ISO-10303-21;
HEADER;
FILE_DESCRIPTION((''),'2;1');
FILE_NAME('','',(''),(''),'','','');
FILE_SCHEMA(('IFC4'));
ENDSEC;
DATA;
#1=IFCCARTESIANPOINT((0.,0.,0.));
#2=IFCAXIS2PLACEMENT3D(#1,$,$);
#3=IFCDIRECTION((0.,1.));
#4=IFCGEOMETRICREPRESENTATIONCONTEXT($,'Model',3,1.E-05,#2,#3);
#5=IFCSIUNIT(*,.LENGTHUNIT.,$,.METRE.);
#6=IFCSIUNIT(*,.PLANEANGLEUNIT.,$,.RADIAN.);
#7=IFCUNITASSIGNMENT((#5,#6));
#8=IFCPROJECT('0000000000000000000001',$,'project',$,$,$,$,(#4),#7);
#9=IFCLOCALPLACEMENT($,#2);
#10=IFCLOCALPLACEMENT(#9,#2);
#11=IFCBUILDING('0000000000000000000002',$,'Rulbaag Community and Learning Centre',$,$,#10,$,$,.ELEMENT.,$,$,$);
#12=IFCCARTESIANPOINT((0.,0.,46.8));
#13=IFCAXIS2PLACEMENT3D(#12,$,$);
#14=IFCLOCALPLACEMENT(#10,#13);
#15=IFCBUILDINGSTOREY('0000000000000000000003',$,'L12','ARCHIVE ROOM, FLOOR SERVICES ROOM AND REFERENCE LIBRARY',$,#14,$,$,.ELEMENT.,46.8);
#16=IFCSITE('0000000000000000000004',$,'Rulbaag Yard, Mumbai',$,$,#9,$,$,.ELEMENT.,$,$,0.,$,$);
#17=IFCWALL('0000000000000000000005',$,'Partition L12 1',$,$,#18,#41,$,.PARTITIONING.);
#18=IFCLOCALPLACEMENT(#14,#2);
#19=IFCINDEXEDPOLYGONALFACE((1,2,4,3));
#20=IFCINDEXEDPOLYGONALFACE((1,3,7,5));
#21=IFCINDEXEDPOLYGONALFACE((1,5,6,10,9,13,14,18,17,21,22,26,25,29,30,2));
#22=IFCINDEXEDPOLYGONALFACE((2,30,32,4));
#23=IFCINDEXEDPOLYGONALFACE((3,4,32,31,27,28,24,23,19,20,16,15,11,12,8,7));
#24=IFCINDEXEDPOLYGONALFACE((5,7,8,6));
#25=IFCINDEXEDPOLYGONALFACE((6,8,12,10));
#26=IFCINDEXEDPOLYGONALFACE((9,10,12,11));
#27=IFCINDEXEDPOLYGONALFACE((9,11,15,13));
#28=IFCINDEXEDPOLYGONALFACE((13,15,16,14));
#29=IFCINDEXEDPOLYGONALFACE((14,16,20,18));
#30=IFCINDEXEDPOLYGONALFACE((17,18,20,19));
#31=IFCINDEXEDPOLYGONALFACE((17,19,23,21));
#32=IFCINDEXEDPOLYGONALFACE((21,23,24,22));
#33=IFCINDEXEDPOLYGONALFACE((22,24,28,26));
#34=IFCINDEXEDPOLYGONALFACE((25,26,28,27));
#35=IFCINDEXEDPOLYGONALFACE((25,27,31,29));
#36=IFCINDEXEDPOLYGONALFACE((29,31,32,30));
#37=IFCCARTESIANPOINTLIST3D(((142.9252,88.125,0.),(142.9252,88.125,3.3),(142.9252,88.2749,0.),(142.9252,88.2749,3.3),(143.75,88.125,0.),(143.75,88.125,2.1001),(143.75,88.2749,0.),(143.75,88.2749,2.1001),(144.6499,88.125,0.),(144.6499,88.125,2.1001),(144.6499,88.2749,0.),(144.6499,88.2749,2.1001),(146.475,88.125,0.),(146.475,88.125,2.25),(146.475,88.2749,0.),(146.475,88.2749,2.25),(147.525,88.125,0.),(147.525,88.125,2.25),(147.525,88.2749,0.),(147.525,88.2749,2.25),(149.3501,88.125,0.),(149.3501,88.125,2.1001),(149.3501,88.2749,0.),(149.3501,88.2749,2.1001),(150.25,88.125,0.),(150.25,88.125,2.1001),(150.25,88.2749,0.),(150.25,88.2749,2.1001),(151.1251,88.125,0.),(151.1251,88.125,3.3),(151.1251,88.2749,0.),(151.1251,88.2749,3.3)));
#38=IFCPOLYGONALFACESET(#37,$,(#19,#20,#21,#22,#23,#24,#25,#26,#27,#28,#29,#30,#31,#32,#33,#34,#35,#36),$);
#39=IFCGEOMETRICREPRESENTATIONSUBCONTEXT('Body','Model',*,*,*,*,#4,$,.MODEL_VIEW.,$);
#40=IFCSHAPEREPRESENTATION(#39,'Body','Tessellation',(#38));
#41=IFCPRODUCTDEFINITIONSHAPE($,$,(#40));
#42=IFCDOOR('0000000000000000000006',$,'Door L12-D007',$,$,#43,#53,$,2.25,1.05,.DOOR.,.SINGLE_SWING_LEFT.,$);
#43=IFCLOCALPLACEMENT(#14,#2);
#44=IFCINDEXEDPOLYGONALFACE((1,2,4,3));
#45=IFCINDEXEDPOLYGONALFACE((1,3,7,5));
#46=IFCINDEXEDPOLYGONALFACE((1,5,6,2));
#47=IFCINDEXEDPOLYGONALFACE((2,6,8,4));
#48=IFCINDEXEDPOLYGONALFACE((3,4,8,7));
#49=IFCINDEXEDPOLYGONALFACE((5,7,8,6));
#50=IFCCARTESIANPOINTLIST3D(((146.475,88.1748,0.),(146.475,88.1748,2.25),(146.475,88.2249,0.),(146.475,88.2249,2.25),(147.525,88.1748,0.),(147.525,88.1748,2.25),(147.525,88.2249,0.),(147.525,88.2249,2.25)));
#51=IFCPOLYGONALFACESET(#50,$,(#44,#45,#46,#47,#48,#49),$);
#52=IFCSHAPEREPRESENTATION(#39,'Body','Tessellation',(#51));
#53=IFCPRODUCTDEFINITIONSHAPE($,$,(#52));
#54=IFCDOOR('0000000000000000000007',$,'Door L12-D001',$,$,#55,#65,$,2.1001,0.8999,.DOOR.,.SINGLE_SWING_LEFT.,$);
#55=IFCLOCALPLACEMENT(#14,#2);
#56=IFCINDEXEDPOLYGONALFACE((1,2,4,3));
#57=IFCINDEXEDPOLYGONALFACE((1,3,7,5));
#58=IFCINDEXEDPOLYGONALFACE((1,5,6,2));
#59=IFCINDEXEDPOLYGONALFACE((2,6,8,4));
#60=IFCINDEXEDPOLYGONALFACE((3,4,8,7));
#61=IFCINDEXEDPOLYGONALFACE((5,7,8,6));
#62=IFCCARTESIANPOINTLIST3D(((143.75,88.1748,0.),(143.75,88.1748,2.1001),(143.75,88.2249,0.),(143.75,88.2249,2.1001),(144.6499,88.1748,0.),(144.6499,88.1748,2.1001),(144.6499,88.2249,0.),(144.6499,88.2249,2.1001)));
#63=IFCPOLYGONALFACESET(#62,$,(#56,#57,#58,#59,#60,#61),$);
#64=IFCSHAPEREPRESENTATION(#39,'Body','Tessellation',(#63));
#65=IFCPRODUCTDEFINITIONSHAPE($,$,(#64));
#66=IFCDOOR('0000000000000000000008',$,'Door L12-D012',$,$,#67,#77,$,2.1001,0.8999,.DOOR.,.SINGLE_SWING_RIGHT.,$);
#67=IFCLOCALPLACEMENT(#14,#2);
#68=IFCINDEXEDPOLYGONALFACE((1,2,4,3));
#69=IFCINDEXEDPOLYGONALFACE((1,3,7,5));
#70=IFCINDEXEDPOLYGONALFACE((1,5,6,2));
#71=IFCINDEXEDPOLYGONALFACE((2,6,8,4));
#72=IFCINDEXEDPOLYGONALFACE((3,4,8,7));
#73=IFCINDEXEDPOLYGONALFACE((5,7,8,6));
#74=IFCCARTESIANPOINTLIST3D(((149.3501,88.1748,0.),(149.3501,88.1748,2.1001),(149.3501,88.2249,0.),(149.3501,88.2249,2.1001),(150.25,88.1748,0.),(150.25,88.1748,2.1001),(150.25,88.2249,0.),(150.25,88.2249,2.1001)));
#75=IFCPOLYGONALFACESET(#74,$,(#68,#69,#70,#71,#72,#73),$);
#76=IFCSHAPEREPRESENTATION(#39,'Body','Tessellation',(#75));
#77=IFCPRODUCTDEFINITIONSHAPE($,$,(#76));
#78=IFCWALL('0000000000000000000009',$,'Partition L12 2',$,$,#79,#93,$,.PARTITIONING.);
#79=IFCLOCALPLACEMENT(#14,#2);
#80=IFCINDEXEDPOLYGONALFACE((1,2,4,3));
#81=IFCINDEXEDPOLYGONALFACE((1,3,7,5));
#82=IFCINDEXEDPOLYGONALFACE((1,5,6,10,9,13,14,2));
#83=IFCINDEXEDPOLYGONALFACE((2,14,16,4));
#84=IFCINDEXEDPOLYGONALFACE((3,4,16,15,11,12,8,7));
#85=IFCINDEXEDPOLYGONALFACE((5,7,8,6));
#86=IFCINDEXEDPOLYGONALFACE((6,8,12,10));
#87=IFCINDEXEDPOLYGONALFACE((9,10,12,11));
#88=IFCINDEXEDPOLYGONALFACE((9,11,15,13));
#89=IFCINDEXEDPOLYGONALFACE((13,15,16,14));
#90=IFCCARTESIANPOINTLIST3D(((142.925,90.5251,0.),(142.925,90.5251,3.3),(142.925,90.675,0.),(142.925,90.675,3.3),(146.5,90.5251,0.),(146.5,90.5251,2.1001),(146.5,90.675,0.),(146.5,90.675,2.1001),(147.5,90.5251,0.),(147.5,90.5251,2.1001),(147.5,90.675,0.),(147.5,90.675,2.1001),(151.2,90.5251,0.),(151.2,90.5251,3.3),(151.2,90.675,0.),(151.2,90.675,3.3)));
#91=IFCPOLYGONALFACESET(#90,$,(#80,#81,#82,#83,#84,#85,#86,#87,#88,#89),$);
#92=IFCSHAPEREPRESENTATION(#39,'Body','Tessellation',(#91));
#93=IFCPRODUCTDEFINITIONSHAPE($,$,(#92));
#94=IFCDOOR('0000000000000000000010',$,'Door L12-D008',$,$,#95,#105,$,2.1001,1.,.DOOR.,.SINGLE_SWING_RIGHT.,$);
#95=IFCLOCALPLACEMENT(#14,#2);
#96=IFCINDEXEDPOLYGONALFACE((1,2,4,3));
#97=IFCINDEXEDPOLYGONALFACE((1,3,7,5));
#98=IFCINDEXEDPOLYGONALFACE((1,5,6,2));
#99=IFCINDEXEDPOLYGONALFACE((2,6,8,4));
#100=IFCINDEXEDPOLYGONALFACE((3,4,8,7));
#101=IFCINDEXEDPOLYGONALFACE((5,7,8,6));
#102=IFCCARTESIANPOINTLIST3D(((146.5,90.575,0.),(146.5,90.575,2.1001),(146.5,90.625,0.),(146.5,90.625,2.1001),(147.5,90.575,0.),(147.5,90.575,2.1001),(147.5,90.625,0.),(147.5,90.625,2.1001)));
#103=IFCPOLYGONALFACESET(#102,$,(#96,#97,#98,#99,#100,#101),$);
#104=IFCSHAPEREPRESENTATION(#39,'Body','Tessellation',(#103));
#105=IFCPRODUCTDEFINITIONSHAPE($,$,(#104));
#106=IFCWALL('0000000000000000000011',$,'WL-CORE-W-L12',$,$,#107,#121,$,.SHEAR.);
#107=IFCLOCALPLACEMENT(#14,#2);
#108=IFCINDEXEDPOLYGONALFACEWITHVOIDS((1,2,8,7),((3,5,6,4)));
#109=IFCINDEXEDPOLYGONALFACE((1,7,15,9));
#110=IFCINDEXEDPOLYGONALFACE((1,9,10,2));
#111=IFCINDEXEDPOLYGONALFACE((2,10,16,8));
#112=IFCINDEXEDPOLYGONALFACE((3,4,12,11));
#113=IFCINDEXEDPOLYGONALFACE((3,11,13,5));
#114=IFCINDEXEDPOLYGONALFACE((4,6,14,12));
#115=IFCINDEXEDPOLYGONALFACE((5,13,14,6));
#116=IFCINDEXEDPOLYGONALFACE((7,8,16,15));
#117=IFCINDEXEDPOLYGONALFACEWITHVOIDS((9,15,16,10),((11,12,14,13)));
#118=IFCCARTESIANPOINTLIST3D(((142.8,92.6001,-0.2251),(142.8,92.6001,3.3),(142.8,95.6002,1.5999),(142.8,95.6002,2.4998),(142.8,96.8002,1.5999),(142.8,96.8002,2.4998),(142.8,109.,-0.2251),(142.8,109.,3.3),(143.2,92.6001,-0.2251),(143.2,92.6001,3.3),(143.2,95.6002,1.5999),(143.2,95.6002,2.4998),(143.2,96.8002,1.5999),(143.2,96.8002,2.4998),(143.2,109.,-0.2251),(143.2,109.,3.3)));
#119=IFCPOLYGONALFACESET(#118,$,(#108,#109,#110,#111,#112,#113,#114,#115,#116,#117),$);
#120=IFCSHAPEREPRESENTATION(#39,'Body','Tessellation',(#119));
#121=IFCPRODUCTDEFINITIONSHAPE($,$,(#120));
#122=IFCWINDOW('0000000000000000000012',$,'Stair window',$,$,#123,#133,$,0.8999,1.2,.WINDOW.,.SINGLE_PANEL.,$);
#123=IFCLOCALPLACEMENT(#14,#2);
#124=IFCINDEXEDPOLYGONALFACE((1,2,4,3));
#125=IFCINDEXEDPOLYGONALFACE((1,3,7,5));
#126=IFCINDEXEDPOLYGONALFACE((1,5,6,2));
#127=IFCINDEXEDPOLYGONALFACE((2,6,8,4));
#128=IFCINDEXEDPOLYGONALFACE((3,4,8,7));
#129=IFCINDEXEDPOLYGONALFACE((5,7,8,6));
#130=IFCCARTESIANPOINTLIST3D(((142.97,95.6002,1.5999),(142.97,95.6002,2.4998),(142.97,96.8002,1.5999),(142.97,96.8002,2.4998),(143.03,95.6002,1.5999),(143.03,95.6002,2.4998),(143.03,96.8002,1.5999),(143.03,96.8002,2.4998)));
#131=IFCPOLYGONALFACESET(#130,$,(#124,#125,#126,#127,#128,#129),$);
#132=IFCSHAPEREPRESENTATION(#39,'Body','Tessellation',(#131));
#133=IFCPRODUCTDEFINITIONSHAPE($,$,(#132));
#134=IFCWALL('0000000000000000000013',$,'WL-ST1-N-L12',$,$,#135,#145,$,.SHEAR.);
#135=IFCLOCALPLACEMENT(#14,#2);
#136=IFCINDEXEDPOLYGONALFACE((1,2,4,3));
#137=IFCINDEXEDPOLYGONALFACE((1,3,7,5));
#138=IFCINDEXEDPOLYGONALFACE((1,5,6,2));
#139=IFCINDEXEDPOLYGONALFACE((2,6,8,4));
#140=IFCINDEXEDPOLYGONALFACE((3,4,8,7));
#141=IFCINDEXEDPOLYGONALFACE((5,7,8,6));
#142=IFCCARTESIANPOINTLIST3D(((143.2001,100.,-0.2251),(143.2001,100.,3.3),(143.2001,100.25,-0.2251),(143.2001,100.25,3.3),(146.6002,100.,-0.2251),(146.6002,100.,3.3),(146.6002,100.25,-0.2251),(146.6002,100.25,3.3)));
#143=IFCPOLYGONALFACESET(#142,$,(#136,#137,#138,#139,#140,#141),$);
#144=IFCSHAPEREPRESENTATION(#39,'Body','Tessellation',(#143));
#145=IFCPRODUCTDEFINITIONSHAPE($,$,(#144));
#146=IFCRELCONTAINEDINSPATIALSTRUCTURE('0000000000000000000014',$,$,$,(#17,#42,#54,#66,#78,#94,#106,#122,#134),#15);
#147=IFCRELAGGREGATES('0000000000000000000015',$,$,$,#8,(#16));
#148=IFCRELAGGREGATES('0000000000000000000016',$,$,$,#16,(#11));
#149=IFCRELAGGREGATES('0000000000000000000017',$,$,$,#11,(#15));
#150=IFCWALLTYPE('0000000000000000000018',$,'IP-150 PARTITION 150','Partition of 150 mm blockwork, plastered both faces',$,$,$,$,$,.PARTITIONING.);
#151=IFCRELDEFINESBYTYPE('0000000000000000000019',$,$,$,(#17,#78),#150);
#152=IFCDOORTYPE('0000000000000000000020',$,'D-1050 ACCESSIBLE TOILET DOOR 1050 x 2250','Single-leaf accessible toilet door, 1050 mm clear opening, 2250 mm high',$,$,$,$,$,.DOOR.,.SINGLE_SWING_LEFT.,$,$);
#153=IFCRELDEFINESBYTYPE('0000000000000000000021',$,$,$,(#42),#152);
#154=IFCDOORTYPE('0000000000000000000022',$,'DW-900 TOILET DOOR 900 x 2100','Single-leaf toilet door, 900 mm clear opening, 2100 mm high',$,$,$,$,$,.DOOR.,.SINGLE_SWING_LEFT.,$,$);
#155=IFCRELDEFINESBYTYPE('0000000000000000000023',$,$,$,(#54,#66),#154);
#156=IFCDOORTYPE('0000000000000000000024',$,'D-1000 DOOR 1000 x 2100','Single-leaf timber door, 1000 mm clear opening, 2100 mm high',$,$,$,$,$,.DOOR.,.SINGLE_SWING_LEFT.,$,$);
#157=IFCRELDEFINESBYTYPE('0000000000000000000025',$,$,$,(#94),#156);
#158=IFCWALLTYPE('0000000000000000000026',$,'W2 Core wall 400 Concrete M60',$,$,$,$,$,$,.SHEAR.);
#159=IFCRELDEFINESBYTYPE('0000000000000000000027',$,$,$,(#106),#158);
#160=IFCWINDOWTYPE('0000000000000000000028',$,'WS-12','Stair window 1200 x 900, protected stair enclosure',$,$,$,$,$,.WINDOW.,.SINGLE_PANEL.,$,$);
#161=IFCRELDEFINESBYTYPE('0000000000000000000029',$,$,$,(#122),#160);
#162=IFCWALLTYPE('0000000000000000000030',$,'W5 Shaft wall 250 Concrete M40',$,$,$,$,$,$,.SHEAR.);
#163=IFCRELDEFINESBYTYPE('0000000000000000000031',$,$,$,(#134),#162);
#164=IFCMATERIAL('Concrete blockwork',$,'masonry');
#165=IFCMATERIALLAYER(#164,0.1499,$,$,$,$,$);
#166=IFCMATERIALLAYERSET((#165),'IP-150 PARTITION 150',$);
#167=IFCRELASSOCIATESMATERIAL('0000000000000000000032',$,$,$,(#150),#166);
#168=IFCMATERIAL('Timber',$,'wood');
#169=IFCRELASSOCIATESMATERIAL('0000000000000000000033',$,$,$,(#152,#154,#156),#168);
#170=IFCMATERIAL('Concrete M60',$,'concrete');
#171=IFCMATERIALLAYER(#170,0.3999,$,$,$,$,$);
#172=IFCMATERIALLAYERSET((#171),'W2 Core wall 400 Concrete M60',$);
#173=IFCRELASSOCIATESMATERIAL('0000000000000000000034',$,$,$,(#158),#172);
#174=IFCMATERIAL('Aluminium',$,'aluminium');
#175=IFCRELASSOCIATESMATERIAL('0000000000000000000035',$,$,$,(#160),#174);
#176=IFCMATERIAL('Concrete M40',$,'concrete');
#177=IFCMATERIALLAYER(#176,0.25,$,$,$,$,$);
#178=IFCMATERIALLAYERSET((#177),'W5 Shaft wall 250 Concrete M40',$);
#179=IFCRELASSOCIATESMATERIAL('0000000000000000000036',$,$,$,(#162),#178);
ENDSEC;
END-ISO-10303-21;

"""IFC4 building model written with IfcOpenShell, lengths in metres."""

from ifc_helpers import new_model, si_unit, direction, frame, frame_2d, origin, place, context, subcontext, project, spatial, rectangle, extrude, material, layer, layer_set, type_object, element, fill, save


model = new_model("IFC4")

# Units and contexts
model_context = context("Model", 3, precision=1e-05, world=origin(), true_north=direction((0.0, 1.0)))
body_context = subcontext(model_context, "Body", "Model", "MODEL_VIEW")
ifc_project = project(units=[si_unit("LENGTHUNIT", "METRE"), si_unit("PLANEANGLEUNIT", "RADIAN")], contexts=[model_context])

# Site, building, storey
site_placement = place(None, origin())
site = spatial("IfcSite", under=ifc_project, at=site_placement, Name="Rulbaag Yard, Mumbai", CompositionType="ELEMENT", RefElevation=0.0)
building_placement = place(site_placement, origin())
building = spatial("IfcBuilding", under=site, at=building_placement, Name="Rulbaag Community and Learning Centre", CompositionType="ELEMENT")
storey_placement = place(building_placement, frame((0.0, 0.0, 46.8)))
storey = spatial("IfcBuildingStorey", under=building, at=storey_placement, Name="L12", Description="ARCHIVE ROOM, FLOOR SERVICES ROOM AND REFERENCE LIBRARY", CompositionType="ELEMENT", Elevation=46.8)

# Shared definitions
ifc_material_1 = material(Name="Concrete M40", Category="concrete")

# Shared definitions
ifc_material_2 = material(Name="Aluminium", Category="aluminium")

# Wall, openings, doors
ifc_material_3 = material(Name="Concrete blockwork", Category="masonry")
ifc_layer_1 = layer(ifc_material_3, 0.1499)
ifc_layer_set_1 = layer_set([ifc_layer_1], Name="IP-150 PARTITION 150")
wall_type_1 = type_object("IfcWallType", Name="IP-150 PARTITION 150", Description="Partition of 150 mm blockwork, plastered both faces", PredefinedType="PARTITIONING", material=ifc_layer_set_1)
wall_1_placement = place(storey_placement, frame((142.925, 88.2, 0.0), z_axis=(0.0, 0.0, 1.0), x_axis=(1.0, 0.0, 0.0)))
wall_1 = element("IfcWall", 1, at=wall_1_placement, inside=storey, type_object=wall_type_1, Name="Partition L12 1", PredefinedType="PARTITIONING", context=body_context, shape_type="SweptSolid", body=[
    extrude(rectangle(XDim=8.2, YDim=0.1499, at=frame_2d((4.1001, 0.0))), origin(), (0.0, 0.0, 1.0), 3.3),
])
opening_1_placement = place(wall_1_placement, frame((0.825, 0.0, 0.0)))
opening_1 = element("IfcOpeningElement", 2, at=opening_1_placement, cuts=wall_1, PredefinedType="OPENING", context=body_context, shape_type="SweptSolid", body=[
    extrude(rectangle(XDim=0.8999, YDim=2.1001, at=frame_2d((0.45, 1.05))), frame((0.0, 0.085, 0.0), z_axis=(0.0, -1.0, 0.0), x_axis=(1.0, 0.0, 0.0)), (0.0, 0.0, 1.0), 0.1699),
])
opening_2_placement = place(wall_1_placement, frame((3.55, 0.0, 0.0)))
opening_2 = element("IfcOpeningElement", 3, at=opening_2_placement, cuts=wall_1, PredefinedType="OPENING", context=body_context, shape_type="SweptSolid", body=[
    extrude(rectangle(XDim=1.05, YDim=2.25, at=frame_2d((0.5249, 1.125))), frame((0.0, 0.085, 0.0), z_axis=(0.0, -1.0, 0.0), x_axis=(1.0, 0.0, 0.0)), (0.0, 0.0, 1.0), 0.1699),
])
opening_3_placement = place(wall_1_placement, frame((6.425, 0.0, 0.0)))
opening_3 = element("IfcOpeningElement", 4, at=opening_3_placement, cuts=wall_1, PredefinedType="OPENING", context=body_context, shape_type="SweptSolid", body=[
    extrude(rectangle(XDim=0.8999, YDim=2.1001, at=frame_2d((0.45, 1.05))), frame((0.0, 0.085, 0.0), z_axis=(0.0, -1.0, 0.0), x_axis=(1.0, 0.0, 0.0)), (0.0, 0.0, 1.0), 0.1699),
])
ifc_material_4 = material(Name="Timber", Category="wood")
door_type_1 = type_object("IfcDoorType", Name="D-1050 ACCESSIBLE TOILET DOOR 1050 x 2250", Description="Single-leaf accessible toilet door, 1050 mm clear opening, 2250 mm high", OperationType="SINGLE_SWING_LEFT", PredefinedType="DOOR", material=ifc_material_4)
door_1_placement = place(opening_2_placement, origin())
door_1 = element("IfcDoor", 5, at=door_1_placement, inside=storey, type_object=door_type_1, Name="Door L12-D007", OperationType="SINGLE_SWING_LEFT", OverallHeight=2.25, OverallWidth=1.05, PredefinedType="DOOR", context=body_context, shape_type="SweptSolid", body=[
    extrude(rectangle(XDim=1.05, YDim=2.25, at=frame_2d((0.5249, 1.125))), frame((0.0, 0.0249, 0.0), z_axis=(0.0, -1.0, 0.0), x_axis=(1.0, 0.0, 0.0)), (0.0, 0.0, 1.0), 0.05),
])
fill(opening_2, door_1)
door_type_2 = type_object("IfcDoorType", Name="DW-900 TOILET DOOR 900 x 2100", Description="Single-leaf toilet door, 900 mm clear opening, 2100 mm high", OperationType="SINGLE_SWING_LEFT", PredefinedType="DOOR", material=ifc_material_4)
door_2_placement = place(opening_1_placement, origin())
door_2 = element("IfcDoor", 6, at=door_2_placement, inside=storey, type_object=door_type_2, Name="Door L12-D001", OperationType="SINGLE_SWING_LEFT", OverallHeight=2.1001, OverallWidth=0.8999, PredefinedType="DOOR", context=body_context, shape_type="SweptSolid", body=[
    extrude(rectangle(XDim=0.8999, YDim=2.1001, at=frame_2d((0.45, 1.05))), frame((0.0, 0.0249, 0.0), z_axis=(0.0, -1.0, 0.0), x_axis=(1.0, 0.0, 0.0)), (0.0, 0.0, 1.0), 0.05),
])
fill(opening_1, door_2)
door_3_placement = place(opening_3_placement, origin())
door_3 = element("IfcDoor", 7, at=door_3_placement, inside=storey, type_object=door_type_2, Name="Door L12-D012", OperationType="SINGLE_SWING_RIGHT", OverallHeight=2.1001, OverallWidth=0.8999, PredefinedType="DOOR", context=body_context, shape_type="SweptSolid", body=[
    extrude(rectangle(XDim=0.8999, YDim=2.1001, at=frame_2d((0.45, 1.05))), frame((0.0, 0.0249, 0.0), z_axis=(0.0, -1.0, 0.0), x_axis=(1.0, 0.0, 0.0)), (0.0, 0.0, 1.0), 0.05),
])
fill(opening_3, door_3)

# Wall, opening, door
wall_2_placement = place(storey_placement, frame((142.925, 90.6001, 0.0), z_axis=(0.0, 0.0, 1.0), x_axis=(1.0, 0.0, 0.0)))
wall_2 = element("IfcWall", 8, at=wall_2_placement, inside=storey, type_object=wall_type_1, Name="Partition L12 2", PredefinedType="PARTITIONING", context=body_context, shape_type="SweptSolid", body=[
    extrude(rectangle(XDim=8.2749, YDim=0.1499, at=frame_2d((4.1375, 0.0))), origin(), (0.0, 0.0, 1.0), 3.3),
])
opening_4_placement = place(wall_2_placement, frame((3.575, 0.0, 0.0)))
opening_4 = element("IfcOpeningElement", 9, at=opening_4_placement, cuts=wall_2, PredefinedType="OPENING", context=body_context, shape_type="SweptSolid", body=[
    extrude(rectangle(XDim=1.0, YDim=2.1001, at=frame_2d((0.5, 1.05))), frame((0.0, 0.085, 0.0), z_axis=(0.0, -1.0, 0.0), x_axis=(1.0, 0.0, 0.0)), (0.0, 0.0, 1.0), 0.1699),
])
door_type_3 = type_object("IfcDoorType", Name="D-1000 DOOR 1000 x 2100", Description="Single-leaf timber door, 1000 mm clear opening, 2100 mm high", OperationType="SINGLE_SWING_LEFT", PredefinedType="DOOR", material=ifc_material_4)
door_4_placement = place(opening_4_placement, origin())
door_4 = element("IfcDoor", 10, at=door_4_placement, inside=storey, type_object=door_type_3, Name="Door L12-D008", OperationType="SINGLE_SWING_RIGHT", OverallHeight=2.1001, OverallWidth=1.0, PredefinedType="DOOR", context=body_context, shape_type="SweptSolid", body=[
    extrude(rectangle(XDim=1.0, YDim=2.1001, at=frame_2d((0.5, 1.05))), frame((0.0, 0.0249, 0.0), z_axis=(0.0, -1.0, 0.0), x_axis=(1.0, 0.0, 0.0)), (0.0, 0.0, 1.0), 0.05),
])
fill(opening_4, door_4)

# Wall, opening, window
ifc_material_5 = material(Name="Concrete M60", Category="concrete")
ifc_layer_2 = layer(ifc_material_5, 0.3999)
ifc_layer_set_2 = layer_set([ifc_layer_2], Name="W2 Core wall 400 Concrete M60")
wall_type_2 = type_object("IfcWallType", Name="W2 Core wall 400 Concrete M60", PredefinedType="SHEAR", material=ifc_layer_set_2)
wall_3_placement = place(storey_placement, frame((143.0, 92.6001, -0.2251), z_axis=(0.0, 0.0, 1.0), x_axis=(0.0, 1.0, 0.0)))
wall_3 = element("IfcWall", 11, at=wall_3_placement, inside=storey, type_object=wall_type_2, Name="WL-CORE-W-L12", PredefinedType="SHEAR", context=body_context, shape_type="SweptSolid", body=[
    extrude(rectangle(XDim=16.3999, YDim=0.3999, at=frame_2d((8.2, 0.0))), origin(), (0.0, 0.0, 1.0), 3.5251),
])
opening_5_placement = place(wall_3_placement, frame((3.0, 0.0, 1.825)))
opening_5 = element("IfcOpeningElement", 12, at=opening_5_placement, cuts=wall_3, PredefinedType="OPENING", context=body_context, shape_type="SweptSolid", body=[
    extrude(rectangle(XDim=1.2, YDim=0.8999, at=frame_2d((0.6001, 0.45))), frame((0.0, 0.21, 0.0), z_axis=(0.0, -1.0, 0.0), x_axis=(1.0, 0.0, 0.0)), (0.0, 0.0, 1.0), 0.4199),
])
window_type = type_object("IfcWindowType", Name="WS-12", Description="Stair window 1200 x 900, protected stair enclosure", PartitioningType="SINGLE_PANEL", PredefinedType="WINDOW", material=ifc_material_2)
window_placement = place(opening_5_placement, origin())
window = element("IfcWindow", 13, at=window_placement, inside=storey, type_object=window_type, Name="Stair window", OverallHeight=0.8999, OverallWidth=1.2, PartitioningType="SINGLE_PANEL", PredefinedType="WINDOW", context=body_context, shape_type="SweptSolid", body=[
    extrude(rectangle(XDim=1.2, YDim=0.8999, at=frame_2d((0.6001, 0.45))), frame((0.0, 0.03, 0.0), z_axis=(0.0, -1.0, 0.0), x_axis=(1.0, 0.0, 0.0)), (0.0, 0.0, 1.0), 0.0601),
])
fill(opening_5, window)

# Wall
ifc_layer_3 = layer(ifc_material_1, 0.25)
ifc_layer_set_3 = layer_set([ifc_layer_3], Name="W5 Shaft wall 250 Concrete M40")
wall_type_3 = type_object("IfcWallType", Name="W5 Shaft wall 250 Concrete M40", PredefinedType="SHEAR", material=ifc_layer_set_3)
wall_4_placement = place(storey_placement, frame((143.2, 100.125, -0.2251), z_axis=(0.0, 0.0, 1.0), x_axis=(1.0, 0.0, 0.0)))
element("IfcWall", 14, at=wall_4_placement, inside=storey, type_object=wall_type_3, Name="WL-ST1-N-L12", PredefinedType="SHEAR", context=body_context, shape_type="SweptSolid", body=[
    extrude(rectangle(XDim=3.4001, YDim=0.25, at=frame_2d((1.7002, 0.0))), origin(), (0.0, 0.0, 1.0), 3.5251),
])

save(model, "model.ifc")
